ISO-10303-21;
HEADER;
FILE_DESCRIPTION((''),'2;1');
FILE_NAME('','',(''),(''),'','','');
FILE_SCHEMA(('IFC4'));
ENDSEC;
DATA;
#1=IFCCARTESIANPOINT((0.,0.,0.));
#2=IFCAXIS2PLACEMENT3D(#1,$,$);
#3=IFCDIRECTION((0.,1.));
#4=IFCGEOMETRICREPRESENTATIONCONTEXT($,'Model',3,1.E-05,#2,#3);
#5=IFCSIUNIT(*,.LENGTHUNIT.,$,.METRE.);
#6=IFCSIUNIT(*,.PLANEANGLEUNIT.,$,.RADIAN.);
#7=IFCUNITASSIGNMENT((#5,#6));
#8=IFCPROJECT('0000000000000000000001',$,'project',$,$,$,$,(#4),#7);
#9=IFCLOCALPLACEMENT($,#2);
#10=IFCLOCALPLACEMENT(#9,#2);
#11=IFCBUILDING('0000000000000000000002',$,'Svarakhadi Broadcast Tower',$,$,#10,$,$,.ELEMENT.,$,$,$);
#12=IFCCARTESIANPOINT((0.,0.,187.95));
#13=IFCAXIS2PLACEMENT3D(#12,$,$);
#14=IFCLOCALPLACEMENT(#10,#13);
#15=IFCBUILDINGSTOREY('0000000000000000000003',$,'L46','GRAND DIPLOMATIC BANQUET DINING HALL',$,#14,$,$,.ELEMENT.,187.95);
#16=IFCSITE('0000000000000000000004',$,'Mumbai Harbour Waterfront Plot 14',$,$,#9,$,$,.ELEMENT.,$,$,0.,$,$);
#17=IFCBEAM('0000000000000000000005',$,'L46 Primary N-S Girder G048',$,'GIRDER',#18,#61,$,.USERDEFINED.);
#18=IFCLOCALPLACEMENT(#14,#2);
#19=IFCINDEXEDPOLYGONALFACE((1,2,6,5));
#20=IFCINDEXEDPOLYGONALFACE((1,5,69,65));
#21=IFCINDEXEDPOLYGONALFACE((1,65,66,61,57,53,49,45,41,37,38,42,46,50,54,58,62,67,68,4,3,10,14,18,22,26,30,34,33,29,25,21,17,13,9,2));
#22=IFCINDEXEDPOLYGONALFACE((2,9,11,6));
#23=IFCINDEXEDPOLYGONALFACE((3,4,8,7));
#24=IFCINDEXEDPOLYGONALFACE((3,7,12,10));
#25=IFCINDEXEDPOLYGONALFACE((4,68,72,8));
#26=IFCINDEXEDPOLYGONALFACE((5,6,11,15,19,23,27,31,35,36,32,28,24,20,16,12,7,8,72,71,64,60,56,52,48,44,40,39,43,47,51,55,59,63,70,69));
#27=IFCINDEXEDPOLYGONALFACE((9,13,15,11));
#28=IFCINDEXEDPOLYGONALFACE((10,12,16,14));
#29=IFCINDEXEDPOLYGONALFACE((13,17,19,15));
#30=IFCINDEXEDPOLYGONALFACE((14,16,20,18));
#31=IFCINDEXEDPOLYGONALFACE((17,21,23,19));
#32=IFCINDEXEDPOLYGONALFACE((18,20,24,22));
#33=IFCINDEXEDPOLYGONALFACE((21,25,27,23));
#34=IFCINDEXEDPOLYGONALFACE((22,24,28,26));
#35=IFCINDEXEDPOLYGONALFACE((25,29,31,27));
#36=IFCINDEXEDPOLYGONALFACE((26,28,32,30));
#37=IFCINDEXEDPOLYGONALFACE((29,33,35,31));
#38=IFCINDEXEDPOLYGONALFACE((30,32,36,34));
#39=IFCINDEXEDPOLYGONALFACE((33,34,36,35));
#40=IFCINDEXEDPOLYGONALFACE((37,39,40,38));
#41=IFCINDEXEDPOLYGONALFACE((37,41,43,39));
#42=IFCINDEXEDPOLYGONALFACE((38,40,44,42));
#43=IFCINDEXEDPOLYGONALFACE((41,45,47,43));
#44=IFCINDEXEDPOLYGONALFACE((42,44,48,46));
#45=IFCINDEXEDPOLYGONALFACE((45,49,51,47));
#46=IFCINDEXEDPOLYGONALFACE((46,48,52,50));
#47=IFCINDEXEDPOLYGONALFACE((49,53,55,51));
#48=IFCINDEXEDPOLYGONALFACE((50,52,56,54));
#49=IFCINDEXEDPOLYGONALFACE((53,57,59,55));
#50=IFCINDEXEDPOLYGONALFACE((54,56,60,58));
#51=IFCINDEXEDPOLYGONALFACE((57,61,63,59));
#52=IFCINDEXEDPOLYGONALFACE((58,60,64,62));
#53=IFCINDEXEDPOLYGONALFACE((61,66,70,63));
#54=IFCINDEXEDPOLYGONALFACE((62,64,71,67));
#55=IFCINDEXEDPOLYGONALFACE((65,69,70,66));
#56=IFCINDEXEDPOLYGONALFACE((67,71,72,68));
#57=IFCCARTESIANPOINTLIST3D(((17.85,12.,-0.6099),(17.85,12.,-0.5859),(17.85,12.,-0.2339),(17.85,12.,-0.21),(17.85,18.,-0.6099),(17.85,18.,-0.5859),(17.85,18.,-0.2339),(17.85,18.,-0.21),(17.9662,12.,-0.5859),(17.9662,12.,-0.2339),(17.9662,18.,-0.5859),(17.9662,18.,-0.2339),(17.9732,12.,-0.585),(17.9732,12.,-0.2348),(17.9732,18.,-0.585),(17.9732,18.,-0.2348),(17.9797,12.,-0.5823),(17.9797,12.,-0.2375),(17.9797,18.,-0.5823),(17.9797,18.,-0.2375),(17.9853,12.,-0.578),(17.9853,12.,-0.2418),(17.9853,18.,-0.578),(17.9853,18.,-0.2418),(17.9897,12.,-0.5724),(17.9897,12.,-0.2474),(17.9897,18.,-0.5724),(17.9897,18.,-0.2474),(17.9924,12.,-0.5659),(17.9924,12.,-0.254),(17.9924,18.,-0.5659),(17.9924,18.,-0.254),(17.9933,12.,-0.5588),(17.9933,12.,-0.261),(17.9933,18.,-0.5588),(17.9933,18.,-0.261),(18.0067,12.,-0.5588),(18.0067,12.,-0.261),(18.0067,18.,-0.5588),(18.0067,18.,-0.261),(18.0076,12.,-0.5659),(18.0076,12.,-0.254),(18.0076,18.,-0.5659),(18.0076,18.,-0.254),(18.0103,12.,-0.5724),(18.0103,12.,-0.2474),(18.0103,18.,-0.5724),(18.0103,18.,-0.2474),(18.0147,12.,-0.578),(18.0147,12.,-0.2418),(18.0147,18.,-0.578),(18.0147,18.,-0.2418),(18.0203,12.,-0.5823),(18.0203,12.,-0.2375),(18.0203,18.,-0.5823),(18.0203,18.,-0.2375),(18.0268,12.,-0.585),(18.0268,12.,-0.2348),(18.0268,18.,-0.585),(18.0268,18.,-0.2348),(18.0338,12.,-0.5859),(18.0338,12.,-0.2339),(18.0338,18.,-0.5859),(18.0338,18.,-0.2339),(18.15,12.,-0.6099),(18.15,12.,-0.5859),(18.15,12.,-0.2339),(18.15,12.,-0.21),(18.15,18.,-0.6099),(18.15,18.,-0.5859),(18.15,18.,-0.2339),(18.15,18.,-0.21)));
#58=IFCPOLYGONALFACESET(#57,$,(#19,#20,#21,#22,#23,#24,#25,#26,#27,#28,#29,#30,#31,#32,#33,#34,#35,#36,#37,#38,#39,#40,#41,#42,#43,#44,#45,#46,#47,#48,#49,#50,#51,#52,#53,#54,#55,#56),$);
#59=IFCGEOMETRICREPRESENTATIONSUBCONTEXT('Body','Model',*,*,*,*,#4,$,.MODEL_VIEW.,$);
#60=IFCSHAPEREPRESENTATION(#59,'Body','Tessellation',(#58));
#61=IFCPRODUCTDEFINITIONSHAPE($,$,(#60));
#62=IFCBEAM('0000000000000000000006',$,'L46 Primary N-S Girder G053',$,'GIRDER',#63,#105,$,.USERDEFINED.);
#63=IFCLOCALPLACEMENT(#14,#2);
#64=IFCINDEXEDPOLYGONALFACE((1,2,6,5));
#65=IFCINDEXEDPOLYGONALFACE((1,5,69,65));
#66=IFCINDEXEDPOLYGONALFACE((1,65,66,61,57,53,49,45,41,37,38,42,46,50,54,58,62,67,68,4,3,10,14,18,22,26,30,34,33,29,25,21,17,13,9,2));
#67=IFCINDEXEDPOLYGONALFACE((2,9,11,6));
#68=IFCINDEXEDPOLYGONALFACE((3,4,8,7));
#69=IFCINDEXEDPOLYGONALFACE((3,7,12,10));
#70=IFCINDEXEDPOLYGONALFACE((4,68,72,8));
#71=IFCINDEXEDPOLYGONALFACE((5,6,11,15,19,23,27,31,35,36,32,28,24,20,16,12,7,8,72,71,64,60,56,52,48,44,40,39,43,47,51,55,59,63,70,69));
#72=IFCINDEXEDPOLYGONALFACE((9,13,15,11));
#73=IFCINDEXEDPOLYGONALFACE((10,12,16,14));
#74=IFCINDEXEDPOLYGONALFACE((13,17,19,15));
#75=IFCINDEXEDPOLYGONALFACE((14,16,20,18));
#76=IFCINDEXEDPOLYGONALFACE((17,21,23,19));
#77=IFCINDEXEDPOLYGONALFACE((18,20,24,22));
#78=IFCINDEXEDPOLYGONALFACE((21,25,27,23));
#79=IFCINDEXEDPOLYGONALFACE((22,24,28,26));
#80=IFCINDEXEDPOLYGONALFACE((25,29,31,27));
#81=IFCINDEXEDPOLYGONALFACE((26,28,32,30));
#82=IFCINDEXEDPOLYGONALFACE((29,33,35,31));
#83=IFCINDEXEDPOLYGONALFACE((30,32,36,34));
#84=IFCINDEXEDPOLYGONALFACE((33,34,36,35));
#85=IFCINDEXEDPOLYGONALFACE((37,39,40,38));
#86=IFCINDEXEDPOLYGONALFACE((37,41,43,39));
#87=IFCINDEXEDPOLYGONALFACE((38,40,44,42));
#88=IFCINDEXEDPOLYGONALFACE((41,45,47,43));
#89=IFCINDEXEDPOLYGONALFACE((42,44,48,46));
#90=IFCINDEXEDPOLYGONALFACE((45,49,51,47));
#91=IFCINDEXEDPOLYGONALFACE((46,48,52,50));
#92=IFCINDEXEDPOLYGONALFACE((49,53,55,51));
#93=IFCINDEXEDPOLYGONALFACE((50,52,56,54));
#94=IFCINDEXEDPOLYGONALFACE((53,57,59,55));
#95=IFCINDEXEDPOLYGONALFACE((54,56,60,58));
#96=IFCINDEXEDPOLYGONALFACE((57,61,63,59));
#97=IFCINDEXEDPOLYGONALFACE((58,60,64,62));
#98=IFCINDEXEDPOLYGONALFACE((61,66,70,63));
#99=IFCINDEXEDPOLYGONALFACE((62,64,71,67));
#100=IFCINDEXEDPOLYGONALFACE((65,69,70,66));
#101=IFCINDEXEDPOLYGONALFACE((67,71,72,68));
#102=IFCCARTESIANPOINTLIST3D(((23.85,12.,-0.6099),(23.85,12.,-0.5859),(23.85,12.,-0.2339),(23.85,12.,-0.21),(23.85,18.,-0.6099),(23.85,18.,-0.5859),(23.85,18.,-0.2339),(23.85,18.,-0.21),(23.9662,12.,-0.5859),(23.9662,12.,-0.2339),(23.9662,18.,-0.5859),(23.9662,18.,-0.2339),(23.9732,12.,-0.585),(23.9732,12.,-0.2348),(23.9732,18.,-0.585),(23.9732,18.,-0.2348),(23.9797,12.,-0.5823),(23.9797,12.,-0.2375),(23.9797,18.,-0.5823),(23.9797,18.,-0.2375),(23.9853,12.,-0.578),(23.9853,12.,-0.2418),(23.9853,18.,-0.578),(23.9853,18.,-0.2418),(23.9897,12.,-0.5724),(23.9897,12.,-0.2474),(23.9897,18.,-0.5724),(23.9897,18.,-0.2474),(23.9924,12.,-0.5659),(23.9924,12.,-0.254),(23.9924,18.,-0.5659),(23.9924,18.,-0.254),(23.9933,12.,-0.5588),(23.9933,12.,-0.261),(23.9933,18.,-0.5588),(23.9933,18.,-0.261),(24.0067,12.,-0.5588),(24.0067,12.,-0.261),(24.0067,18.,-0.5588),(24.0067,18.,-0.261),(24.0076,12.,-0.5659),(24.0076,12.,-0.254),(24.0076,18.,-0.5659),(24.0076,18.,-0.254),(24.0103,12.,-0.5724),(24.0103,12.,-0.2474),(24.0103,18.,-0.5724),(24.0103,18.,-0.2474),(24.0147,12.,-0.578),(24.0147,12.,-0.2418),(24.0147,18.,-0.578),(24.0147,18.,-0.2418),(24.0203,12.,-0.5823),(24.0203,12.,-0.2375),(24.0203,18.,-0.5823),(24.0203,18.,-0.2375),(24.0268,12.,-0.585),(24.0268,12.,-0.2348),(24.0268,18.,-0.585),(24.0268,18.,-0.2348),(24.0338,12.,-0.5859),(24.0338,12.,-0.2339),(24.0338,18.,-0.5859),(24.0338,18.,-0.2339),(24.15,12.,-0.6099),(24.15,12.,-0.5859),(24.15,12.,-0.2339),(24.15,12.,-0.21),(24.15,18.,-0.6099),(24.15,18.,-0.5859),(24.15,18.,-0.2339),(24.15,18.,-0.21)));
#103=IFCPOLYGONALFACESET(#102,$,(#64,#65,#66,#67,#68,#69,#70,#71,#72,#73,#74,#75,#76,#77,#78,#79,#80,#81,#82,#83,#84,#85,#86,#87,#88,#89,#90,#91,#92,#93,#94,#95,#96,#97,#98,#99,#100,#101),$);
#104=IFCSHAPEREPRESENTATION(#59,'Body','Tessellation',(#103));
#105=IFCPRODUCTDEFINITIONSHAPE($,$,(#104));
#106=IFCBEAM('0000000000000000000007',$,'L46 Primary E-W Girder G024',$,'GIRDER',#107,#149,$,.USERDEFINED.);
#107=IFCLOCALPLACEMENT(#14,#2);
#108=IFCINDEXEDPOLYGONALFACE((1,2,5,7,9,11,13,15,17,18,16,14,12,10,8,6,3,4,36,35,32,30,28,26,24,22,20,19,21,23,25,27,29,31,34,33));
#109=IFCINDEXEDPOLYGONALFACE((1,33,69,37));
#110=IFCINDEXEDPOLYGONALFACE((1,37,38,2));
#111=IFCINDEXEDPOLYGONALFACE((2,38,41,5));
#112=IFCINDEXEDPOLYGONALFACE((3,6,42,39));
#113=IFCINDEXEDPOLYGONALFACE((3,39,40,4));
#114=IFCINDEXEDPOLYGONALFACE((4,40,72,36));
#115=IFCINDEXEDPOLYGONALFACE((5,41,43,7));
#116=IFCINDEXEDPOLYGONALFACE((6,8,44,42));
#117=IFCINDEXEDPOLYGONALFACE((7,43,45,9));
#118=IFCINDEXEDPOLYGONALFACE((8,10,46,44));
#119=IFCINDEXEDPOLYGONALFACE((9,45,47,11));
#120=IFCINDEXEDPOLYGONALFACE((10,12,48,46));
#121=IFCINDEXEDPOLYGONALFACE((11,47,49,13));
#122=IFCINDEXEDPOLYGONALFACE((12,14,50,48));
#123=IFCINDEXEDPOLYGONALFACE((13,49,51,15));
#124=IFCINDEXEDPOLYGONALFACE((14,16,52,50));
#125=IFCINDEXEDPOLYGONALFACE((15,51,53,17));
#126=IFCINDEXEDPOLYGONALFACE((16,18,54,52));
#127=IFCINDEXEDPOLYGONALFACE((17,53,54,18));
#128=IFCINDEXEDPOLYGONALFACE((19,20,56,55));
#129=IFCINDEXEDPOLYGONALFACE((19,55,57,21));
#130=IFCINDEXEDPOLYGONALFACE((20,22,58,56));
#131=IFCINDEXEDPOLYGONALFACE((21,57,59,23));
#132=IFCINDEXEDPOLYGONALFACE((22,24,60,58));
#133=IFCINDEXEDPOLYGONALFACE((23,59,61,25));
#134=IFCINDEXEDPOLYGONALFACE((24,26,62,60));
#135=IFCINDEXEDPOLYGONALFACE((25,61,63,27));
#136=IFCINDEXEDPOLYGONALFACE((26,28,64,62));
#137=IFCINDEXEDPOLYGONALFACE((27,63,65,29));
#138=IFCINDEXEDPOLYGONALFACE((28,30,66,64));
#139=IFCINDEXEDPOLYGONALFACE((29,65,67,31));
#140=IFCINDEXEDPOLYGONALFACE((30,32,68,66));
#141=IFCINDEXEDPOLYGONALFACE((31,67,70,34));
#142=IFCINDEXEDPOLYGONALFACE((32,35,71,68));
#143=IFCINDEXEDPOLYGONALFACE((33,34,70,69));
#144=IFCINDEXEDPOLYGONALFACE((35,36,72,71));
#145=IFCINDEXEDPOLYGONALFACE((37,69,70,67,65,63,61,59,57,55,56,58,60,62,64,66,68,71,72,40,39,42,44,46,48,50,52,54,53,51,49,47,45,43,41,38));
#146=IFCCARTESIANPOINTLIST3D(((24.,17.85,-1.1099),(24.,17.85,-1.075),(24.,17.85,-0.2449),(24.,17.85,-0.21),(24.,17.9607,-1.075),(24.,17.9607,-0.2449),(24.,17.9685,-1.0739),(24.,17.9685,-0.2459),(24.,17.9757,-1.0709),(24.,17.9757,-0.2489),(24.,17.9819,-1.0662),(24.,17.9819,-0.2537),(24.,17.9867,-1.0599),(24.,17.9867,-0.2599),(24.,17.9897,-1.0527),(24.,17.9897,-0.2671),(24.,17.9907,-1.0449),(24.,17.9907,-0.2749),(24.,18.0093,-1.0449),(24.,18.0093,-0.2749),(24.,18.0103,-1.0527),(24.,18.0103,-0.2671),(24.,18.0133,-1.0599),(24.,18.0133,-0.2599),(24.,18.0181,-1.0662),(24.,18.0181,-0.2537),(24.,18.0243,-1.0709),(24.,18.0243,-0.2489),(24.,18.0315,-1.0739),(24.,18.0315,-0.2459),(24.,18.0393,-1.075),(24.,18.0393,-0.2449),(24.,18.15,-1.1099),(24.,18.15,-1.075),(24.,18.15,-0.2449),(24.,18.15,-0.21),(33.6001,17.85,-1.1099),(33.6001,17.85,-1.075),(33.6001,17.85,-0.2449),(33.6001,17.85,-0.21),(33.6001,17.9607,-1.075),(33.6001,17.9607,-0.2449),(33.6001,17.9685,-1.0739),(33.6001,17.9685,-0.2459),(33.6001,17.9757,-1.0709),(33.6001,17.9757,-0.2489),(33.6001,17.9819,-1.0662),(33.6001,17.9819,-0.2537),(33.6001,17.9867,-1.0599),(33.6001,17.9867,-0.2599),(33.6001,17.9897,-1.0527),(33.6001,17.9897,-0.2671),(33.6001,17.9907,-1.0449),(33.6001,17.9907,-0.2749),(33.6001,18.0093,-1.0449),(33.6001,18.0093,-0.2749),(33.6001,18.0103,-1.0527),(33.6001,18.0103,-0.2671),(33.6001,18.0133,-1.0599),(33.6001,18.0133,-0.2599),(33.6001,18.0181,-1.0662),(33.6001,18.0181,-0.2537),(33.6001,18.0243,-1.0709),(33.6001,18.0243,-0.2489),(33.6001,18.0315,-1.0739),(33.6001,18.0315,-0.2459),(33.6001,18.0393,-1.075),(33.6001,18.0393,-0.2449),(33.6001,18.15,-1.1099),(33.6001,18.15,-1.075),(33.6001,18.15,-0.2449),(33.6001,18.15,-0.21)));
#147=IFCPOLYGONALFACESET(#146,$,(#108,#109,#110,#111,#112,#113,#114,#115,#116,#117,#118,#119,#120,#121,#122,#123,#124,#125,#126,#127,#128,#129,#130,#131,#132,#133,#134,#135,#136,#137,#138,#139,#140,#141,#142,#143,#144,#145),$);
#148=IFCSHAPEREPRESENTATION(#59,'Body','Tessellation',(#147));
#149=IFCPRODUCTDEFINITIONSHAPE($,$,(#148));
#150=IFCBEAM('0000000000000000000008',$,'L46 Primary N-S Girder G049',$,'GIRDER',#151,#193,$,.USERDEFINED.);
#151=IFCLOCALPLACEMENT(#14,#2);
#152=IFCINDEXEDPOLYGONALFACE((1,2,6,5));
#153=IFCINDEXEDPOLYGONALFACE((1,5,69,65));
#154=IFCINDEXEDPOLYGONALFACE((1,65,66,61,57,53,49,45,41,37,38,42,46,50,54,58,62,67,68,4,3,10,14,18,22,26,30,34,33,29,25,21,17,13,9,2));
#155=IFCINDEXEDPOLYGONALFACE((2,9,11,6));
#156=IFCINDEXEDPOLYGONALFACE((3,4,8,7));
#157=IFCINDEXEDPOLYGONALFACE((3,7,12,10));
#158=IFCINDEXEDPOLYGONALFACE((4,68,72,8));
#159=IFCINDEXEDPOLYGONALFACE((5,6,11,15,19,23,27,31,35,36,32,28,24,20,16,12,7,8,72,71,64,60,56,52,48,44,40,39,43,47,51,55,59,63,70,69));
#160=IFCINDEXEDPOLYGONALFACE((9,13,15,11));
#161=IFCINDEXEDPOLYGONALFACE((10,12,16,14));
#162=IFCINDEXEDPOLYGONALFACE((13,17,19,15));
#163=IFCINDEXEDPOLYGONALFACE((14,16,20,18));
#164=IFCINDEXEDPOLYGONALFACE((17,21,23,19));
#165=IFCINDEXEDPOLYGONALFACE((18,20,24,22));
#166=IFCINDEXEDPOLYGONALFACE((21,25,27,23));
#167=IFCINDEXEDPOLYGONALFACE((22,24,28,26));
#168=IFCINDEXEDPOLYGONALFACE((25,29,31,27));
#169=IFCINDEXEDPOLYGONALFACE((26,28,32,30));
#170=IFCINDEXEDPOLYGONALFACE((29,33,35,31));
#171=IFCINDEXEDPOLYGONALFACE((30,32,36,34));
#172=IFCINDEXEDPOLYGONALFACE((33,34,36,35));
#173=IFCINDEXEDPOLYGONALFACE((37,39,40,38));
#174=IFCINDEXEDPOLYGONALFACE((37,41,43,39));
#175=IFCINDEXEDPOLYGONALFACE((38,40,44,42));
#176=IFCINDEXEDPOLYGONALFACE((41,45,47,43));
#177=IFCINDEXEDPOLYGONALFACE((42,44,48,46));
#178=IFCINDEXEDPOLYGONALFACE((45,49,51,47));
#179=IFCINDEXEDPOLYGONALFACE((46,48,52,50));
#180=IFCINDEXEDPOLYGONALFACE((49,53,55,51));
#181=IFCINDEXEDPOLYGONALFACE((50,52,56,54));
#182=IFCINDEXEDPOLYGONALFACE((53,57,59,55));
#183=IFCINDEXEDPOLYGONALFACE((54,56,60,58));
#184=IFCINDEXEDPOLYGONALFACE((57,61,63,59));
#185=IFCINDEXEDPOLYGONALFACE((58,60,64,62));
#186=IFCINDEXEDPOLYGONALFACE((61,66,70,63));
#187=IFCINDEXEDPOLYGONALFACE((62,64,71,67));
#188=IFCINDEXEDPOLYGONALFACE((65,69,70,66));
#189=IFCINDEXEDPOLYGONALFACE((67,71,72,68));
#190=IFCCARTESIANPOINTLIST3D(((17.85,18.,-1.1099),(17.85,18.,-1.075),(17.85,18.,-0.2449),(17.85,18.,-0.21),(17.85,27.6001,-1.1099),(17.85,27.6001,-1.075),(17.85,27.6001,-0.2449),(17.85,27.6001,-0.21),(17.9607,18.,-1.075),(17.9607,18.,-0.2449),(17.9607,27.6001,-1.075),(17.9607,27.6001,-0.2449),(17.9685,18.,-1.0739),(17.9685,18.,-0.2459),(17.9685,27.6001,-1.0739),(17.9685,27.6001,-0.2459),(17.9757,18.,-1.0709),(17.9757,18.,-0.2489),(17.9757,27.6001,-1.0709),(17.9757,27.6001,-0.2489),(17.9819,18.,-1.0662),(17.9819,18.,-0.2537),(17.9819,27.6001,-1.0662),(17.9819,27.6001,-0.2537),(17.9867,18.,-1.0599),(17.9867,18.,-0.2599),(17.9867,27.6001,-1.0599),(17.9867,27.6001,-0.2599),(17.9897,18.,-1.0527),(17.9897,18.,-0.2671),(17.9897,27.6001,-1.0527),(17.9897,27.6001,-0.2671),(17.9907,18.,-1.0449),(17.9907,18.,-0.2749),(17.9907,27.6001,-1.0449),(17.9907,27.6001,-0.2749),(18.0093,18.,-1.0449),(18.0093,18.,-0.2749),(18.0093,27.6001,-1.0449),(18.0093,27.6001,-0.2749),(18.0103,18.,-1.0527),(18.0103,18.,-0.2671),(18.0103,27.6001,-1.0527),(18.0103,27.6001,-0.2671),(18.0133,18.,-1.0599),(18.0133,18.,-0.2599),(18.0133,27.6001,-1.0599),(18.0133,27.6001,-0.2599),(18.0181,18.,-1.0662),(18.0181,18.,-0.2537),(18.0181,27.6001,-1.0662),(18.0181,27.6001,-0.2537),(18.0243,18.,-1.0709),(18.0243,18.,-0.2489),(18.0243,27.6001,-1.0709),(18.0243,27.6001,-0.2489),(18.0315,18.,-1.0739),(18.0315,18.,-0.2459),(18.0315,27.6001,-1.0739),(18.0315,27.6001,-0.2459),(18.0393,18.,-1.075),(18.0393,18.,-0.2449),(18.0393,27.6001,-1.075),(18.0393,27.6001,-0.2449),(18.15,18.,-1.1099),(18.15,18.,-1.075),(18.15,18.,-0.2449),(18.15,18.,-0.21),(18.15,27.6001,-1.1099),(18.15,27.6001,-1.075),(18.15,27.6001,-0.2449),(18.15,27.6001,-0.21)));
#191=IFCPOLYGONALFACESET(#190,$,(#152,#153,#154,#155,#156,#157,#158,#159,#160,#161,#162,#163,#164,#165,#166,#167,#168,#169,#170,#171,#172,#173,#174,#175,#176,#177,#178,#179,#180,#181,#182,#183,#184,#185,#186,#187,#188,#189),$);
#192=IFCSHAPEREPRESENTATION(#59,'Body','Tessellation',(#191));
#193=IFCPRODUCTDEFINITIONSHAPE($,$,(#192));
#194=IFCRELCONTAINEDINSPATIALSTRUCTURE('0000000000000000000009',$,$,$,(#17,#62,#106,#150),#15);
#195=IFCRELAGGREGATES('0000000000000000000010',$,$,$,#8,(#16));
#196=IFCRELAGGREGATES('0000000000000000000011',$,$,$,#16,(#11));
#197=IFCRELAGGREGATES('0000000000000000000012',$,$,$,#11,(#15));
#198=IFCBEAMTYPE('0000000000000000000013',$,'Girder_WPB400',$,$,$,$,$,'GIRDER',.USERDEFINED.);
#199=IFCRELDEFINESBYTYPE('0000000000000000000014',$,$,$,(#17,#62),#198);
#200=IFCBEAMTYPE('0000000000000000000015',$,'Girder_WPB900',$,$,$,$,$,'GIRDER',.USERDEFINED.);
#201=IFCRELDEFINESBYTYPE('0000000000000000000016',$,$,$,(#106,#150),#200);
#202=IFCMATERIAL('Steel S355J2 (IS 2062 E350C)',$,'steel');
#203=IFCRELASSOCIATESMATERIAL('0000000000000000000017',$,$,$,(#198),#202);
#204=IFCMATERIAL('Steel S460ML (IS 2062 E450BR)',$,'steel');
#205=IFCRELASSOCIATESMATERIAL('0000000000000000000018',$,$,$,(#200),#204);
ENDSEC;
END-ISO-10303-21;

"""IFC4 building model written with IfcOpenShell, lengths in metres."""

from ifc_helpers import new_model, si_unit, direction, frame, origin, origin_2d, place, context, subcontext, project, spatial, i_section, extrude, material, material_profile, profile_set, type_object, element, save


model = new_model("IFC4")

# Units and contexts
model_context = context("Model", 3, precision=1e-05, world=origin(), true_north=direction((0.0, 1.0)))
body_context = subcontext(model_context, "Body", "Model", "MODEL_VIEW")
ifc_project = project(units=[si_unit("LENGTHUNIT", "METRE"), si_unit("PLANEANGLEUNIT", "RADIAN")], contexts=[model_context])

# Site, building, storey
site_placement = place(None, origin())
site = spatial("IfcSite", under=ifc_project, at=site_placement, Name="Mumbai Harbour Waterfront Plot 14", CompositionType="ELEMENT", RefElevation=0.0)
building_placement = place(site_placement, origin())
building = spatial("IfcBuilding", under=site, at=building_placement, Name="Svarakhadi Broadcast Tower", CompositionType="ELEMENT")
storey_placement = place(building_placement, frame((0.0, 0.0, 187.95)))
storey = spatial("IfcBuildingStorey", under=building, at=storey_placement, Name="L46", Description="GRAND DIPLOMATIC BANQUET DINING HALL", CompositionType="ELEMENT", Elevation=187.95)

# Beams
ifc_material_1 = material(Name="Steel S355J2 (IS 2062 E350C)", Category="steel")
ifc_material_profile_1 = material_profile(ifc_material_1, i_section(OverallWidth=0.3, OverallDepth=0.3999, WebThickness=0.0134, FlangeThickness=0.0239, FilletRadius=0.0271, at=origin_2d()), Name="WPB 400x300x155")
ifc_profile_set_1 = profile_set([ifc_material_profile_1], Name="Steel S355J2 (IS 2062 E350C)")
beam_type_1 = type_object("IfcBeamType", Name="Girder_WPB400", ElementType="GIRDER", PredefinedType="USERDEFINED", material=ifc_profile_set_1)
for number, where, z_axis, x_axis, name in (
    (1, (18.0, 12.0, -0.4099), (0.0, 1.0, 0.0), (-1.0, 0.0, 0.0), "L46 Primary N-S Girder G048"),
    (2, (24.0, 12.0, -0.4099), (0.0, 1.0, 0.0), (-1.0, 0.0, 0.0), "L46 Primary N-S Girder G053"),
):
    element("IfcBeam", number, at=place(storey_placement, frame(where, z_axis=z_axis, x_axis=x_axis)), inside=storey, type_object=beam_type_1, Name=name, ObjectType="GIRDER", PredefinedType="USERDEFINED", context=body_context, shape_type="SweptSolid", body=[
        extrude(i_section(OverallWidth=0.3, OverallDepth=0.3999, WebThickness=0.0134, FlangeThickness=0.0239, FilletRadius=0.0271, at=origin_2d()), origin(), (0.0, 0.0, 1.0), 6.0),
    ])
ifc_material_2 = material(Name="Steel S460ML (IS 2062 E450BR)", Category="steel")
ifc_material_profile_2 = material_profile(ifc_material_2, i_section(OverallWidth=0.3, OverallDepth=0.8999, WebThickness=0.0186, FlangeThickness=0.0349, FilletRadius=0.03, at=origin_2d()), Name="WPB 900x300x291")
ifc_profile_set_2 = profile_set([ifc_material_profile_2], Name="Steel S460ML (IS 2062 E450BR)")
beam_type_2 = type_object("IfcBeamType", Name="Girder_WPB900", ElementType="GIRDER", PredefinedType="USERDEFINED", material=ifc_profile_set_2)
for number, where, z_axis, x_axis, name in (
    (3, (24.0, 18.0, -0.6599), (1.0, 0.0, 0.0), (0.0, 1.0, 0.0), "L46 Primary E-W Girder G024"),
    (4, (18.0, 18.0, -0.6599), (0.0, 1.0, 0.0), (-1.0, 0.0, 0.0), "L46 Primary N-S Girder G049"),
):
    element("IfcBeam", number, at=place(storey_placement, frame(where, z_axis=z_axis, x_axis=x_axis)), inside=storey, type_object=beam_type_2, Name=name, ObjectType="GIRDER", PredefinedType="USERDEFINED", context=body_context, shape_type="SweptSolid", body=[
        extrude(i_section(OverallWidth=0.3, OverallDepth=0.8999, WebThickness=0.0186, FlangeThickness=0.0349, FilletRadius=0.03, at=origin_2d()), origin(), (0.0, 0.0, 1.0), 9.6001),
    ])

save(model, "model.ifc")
